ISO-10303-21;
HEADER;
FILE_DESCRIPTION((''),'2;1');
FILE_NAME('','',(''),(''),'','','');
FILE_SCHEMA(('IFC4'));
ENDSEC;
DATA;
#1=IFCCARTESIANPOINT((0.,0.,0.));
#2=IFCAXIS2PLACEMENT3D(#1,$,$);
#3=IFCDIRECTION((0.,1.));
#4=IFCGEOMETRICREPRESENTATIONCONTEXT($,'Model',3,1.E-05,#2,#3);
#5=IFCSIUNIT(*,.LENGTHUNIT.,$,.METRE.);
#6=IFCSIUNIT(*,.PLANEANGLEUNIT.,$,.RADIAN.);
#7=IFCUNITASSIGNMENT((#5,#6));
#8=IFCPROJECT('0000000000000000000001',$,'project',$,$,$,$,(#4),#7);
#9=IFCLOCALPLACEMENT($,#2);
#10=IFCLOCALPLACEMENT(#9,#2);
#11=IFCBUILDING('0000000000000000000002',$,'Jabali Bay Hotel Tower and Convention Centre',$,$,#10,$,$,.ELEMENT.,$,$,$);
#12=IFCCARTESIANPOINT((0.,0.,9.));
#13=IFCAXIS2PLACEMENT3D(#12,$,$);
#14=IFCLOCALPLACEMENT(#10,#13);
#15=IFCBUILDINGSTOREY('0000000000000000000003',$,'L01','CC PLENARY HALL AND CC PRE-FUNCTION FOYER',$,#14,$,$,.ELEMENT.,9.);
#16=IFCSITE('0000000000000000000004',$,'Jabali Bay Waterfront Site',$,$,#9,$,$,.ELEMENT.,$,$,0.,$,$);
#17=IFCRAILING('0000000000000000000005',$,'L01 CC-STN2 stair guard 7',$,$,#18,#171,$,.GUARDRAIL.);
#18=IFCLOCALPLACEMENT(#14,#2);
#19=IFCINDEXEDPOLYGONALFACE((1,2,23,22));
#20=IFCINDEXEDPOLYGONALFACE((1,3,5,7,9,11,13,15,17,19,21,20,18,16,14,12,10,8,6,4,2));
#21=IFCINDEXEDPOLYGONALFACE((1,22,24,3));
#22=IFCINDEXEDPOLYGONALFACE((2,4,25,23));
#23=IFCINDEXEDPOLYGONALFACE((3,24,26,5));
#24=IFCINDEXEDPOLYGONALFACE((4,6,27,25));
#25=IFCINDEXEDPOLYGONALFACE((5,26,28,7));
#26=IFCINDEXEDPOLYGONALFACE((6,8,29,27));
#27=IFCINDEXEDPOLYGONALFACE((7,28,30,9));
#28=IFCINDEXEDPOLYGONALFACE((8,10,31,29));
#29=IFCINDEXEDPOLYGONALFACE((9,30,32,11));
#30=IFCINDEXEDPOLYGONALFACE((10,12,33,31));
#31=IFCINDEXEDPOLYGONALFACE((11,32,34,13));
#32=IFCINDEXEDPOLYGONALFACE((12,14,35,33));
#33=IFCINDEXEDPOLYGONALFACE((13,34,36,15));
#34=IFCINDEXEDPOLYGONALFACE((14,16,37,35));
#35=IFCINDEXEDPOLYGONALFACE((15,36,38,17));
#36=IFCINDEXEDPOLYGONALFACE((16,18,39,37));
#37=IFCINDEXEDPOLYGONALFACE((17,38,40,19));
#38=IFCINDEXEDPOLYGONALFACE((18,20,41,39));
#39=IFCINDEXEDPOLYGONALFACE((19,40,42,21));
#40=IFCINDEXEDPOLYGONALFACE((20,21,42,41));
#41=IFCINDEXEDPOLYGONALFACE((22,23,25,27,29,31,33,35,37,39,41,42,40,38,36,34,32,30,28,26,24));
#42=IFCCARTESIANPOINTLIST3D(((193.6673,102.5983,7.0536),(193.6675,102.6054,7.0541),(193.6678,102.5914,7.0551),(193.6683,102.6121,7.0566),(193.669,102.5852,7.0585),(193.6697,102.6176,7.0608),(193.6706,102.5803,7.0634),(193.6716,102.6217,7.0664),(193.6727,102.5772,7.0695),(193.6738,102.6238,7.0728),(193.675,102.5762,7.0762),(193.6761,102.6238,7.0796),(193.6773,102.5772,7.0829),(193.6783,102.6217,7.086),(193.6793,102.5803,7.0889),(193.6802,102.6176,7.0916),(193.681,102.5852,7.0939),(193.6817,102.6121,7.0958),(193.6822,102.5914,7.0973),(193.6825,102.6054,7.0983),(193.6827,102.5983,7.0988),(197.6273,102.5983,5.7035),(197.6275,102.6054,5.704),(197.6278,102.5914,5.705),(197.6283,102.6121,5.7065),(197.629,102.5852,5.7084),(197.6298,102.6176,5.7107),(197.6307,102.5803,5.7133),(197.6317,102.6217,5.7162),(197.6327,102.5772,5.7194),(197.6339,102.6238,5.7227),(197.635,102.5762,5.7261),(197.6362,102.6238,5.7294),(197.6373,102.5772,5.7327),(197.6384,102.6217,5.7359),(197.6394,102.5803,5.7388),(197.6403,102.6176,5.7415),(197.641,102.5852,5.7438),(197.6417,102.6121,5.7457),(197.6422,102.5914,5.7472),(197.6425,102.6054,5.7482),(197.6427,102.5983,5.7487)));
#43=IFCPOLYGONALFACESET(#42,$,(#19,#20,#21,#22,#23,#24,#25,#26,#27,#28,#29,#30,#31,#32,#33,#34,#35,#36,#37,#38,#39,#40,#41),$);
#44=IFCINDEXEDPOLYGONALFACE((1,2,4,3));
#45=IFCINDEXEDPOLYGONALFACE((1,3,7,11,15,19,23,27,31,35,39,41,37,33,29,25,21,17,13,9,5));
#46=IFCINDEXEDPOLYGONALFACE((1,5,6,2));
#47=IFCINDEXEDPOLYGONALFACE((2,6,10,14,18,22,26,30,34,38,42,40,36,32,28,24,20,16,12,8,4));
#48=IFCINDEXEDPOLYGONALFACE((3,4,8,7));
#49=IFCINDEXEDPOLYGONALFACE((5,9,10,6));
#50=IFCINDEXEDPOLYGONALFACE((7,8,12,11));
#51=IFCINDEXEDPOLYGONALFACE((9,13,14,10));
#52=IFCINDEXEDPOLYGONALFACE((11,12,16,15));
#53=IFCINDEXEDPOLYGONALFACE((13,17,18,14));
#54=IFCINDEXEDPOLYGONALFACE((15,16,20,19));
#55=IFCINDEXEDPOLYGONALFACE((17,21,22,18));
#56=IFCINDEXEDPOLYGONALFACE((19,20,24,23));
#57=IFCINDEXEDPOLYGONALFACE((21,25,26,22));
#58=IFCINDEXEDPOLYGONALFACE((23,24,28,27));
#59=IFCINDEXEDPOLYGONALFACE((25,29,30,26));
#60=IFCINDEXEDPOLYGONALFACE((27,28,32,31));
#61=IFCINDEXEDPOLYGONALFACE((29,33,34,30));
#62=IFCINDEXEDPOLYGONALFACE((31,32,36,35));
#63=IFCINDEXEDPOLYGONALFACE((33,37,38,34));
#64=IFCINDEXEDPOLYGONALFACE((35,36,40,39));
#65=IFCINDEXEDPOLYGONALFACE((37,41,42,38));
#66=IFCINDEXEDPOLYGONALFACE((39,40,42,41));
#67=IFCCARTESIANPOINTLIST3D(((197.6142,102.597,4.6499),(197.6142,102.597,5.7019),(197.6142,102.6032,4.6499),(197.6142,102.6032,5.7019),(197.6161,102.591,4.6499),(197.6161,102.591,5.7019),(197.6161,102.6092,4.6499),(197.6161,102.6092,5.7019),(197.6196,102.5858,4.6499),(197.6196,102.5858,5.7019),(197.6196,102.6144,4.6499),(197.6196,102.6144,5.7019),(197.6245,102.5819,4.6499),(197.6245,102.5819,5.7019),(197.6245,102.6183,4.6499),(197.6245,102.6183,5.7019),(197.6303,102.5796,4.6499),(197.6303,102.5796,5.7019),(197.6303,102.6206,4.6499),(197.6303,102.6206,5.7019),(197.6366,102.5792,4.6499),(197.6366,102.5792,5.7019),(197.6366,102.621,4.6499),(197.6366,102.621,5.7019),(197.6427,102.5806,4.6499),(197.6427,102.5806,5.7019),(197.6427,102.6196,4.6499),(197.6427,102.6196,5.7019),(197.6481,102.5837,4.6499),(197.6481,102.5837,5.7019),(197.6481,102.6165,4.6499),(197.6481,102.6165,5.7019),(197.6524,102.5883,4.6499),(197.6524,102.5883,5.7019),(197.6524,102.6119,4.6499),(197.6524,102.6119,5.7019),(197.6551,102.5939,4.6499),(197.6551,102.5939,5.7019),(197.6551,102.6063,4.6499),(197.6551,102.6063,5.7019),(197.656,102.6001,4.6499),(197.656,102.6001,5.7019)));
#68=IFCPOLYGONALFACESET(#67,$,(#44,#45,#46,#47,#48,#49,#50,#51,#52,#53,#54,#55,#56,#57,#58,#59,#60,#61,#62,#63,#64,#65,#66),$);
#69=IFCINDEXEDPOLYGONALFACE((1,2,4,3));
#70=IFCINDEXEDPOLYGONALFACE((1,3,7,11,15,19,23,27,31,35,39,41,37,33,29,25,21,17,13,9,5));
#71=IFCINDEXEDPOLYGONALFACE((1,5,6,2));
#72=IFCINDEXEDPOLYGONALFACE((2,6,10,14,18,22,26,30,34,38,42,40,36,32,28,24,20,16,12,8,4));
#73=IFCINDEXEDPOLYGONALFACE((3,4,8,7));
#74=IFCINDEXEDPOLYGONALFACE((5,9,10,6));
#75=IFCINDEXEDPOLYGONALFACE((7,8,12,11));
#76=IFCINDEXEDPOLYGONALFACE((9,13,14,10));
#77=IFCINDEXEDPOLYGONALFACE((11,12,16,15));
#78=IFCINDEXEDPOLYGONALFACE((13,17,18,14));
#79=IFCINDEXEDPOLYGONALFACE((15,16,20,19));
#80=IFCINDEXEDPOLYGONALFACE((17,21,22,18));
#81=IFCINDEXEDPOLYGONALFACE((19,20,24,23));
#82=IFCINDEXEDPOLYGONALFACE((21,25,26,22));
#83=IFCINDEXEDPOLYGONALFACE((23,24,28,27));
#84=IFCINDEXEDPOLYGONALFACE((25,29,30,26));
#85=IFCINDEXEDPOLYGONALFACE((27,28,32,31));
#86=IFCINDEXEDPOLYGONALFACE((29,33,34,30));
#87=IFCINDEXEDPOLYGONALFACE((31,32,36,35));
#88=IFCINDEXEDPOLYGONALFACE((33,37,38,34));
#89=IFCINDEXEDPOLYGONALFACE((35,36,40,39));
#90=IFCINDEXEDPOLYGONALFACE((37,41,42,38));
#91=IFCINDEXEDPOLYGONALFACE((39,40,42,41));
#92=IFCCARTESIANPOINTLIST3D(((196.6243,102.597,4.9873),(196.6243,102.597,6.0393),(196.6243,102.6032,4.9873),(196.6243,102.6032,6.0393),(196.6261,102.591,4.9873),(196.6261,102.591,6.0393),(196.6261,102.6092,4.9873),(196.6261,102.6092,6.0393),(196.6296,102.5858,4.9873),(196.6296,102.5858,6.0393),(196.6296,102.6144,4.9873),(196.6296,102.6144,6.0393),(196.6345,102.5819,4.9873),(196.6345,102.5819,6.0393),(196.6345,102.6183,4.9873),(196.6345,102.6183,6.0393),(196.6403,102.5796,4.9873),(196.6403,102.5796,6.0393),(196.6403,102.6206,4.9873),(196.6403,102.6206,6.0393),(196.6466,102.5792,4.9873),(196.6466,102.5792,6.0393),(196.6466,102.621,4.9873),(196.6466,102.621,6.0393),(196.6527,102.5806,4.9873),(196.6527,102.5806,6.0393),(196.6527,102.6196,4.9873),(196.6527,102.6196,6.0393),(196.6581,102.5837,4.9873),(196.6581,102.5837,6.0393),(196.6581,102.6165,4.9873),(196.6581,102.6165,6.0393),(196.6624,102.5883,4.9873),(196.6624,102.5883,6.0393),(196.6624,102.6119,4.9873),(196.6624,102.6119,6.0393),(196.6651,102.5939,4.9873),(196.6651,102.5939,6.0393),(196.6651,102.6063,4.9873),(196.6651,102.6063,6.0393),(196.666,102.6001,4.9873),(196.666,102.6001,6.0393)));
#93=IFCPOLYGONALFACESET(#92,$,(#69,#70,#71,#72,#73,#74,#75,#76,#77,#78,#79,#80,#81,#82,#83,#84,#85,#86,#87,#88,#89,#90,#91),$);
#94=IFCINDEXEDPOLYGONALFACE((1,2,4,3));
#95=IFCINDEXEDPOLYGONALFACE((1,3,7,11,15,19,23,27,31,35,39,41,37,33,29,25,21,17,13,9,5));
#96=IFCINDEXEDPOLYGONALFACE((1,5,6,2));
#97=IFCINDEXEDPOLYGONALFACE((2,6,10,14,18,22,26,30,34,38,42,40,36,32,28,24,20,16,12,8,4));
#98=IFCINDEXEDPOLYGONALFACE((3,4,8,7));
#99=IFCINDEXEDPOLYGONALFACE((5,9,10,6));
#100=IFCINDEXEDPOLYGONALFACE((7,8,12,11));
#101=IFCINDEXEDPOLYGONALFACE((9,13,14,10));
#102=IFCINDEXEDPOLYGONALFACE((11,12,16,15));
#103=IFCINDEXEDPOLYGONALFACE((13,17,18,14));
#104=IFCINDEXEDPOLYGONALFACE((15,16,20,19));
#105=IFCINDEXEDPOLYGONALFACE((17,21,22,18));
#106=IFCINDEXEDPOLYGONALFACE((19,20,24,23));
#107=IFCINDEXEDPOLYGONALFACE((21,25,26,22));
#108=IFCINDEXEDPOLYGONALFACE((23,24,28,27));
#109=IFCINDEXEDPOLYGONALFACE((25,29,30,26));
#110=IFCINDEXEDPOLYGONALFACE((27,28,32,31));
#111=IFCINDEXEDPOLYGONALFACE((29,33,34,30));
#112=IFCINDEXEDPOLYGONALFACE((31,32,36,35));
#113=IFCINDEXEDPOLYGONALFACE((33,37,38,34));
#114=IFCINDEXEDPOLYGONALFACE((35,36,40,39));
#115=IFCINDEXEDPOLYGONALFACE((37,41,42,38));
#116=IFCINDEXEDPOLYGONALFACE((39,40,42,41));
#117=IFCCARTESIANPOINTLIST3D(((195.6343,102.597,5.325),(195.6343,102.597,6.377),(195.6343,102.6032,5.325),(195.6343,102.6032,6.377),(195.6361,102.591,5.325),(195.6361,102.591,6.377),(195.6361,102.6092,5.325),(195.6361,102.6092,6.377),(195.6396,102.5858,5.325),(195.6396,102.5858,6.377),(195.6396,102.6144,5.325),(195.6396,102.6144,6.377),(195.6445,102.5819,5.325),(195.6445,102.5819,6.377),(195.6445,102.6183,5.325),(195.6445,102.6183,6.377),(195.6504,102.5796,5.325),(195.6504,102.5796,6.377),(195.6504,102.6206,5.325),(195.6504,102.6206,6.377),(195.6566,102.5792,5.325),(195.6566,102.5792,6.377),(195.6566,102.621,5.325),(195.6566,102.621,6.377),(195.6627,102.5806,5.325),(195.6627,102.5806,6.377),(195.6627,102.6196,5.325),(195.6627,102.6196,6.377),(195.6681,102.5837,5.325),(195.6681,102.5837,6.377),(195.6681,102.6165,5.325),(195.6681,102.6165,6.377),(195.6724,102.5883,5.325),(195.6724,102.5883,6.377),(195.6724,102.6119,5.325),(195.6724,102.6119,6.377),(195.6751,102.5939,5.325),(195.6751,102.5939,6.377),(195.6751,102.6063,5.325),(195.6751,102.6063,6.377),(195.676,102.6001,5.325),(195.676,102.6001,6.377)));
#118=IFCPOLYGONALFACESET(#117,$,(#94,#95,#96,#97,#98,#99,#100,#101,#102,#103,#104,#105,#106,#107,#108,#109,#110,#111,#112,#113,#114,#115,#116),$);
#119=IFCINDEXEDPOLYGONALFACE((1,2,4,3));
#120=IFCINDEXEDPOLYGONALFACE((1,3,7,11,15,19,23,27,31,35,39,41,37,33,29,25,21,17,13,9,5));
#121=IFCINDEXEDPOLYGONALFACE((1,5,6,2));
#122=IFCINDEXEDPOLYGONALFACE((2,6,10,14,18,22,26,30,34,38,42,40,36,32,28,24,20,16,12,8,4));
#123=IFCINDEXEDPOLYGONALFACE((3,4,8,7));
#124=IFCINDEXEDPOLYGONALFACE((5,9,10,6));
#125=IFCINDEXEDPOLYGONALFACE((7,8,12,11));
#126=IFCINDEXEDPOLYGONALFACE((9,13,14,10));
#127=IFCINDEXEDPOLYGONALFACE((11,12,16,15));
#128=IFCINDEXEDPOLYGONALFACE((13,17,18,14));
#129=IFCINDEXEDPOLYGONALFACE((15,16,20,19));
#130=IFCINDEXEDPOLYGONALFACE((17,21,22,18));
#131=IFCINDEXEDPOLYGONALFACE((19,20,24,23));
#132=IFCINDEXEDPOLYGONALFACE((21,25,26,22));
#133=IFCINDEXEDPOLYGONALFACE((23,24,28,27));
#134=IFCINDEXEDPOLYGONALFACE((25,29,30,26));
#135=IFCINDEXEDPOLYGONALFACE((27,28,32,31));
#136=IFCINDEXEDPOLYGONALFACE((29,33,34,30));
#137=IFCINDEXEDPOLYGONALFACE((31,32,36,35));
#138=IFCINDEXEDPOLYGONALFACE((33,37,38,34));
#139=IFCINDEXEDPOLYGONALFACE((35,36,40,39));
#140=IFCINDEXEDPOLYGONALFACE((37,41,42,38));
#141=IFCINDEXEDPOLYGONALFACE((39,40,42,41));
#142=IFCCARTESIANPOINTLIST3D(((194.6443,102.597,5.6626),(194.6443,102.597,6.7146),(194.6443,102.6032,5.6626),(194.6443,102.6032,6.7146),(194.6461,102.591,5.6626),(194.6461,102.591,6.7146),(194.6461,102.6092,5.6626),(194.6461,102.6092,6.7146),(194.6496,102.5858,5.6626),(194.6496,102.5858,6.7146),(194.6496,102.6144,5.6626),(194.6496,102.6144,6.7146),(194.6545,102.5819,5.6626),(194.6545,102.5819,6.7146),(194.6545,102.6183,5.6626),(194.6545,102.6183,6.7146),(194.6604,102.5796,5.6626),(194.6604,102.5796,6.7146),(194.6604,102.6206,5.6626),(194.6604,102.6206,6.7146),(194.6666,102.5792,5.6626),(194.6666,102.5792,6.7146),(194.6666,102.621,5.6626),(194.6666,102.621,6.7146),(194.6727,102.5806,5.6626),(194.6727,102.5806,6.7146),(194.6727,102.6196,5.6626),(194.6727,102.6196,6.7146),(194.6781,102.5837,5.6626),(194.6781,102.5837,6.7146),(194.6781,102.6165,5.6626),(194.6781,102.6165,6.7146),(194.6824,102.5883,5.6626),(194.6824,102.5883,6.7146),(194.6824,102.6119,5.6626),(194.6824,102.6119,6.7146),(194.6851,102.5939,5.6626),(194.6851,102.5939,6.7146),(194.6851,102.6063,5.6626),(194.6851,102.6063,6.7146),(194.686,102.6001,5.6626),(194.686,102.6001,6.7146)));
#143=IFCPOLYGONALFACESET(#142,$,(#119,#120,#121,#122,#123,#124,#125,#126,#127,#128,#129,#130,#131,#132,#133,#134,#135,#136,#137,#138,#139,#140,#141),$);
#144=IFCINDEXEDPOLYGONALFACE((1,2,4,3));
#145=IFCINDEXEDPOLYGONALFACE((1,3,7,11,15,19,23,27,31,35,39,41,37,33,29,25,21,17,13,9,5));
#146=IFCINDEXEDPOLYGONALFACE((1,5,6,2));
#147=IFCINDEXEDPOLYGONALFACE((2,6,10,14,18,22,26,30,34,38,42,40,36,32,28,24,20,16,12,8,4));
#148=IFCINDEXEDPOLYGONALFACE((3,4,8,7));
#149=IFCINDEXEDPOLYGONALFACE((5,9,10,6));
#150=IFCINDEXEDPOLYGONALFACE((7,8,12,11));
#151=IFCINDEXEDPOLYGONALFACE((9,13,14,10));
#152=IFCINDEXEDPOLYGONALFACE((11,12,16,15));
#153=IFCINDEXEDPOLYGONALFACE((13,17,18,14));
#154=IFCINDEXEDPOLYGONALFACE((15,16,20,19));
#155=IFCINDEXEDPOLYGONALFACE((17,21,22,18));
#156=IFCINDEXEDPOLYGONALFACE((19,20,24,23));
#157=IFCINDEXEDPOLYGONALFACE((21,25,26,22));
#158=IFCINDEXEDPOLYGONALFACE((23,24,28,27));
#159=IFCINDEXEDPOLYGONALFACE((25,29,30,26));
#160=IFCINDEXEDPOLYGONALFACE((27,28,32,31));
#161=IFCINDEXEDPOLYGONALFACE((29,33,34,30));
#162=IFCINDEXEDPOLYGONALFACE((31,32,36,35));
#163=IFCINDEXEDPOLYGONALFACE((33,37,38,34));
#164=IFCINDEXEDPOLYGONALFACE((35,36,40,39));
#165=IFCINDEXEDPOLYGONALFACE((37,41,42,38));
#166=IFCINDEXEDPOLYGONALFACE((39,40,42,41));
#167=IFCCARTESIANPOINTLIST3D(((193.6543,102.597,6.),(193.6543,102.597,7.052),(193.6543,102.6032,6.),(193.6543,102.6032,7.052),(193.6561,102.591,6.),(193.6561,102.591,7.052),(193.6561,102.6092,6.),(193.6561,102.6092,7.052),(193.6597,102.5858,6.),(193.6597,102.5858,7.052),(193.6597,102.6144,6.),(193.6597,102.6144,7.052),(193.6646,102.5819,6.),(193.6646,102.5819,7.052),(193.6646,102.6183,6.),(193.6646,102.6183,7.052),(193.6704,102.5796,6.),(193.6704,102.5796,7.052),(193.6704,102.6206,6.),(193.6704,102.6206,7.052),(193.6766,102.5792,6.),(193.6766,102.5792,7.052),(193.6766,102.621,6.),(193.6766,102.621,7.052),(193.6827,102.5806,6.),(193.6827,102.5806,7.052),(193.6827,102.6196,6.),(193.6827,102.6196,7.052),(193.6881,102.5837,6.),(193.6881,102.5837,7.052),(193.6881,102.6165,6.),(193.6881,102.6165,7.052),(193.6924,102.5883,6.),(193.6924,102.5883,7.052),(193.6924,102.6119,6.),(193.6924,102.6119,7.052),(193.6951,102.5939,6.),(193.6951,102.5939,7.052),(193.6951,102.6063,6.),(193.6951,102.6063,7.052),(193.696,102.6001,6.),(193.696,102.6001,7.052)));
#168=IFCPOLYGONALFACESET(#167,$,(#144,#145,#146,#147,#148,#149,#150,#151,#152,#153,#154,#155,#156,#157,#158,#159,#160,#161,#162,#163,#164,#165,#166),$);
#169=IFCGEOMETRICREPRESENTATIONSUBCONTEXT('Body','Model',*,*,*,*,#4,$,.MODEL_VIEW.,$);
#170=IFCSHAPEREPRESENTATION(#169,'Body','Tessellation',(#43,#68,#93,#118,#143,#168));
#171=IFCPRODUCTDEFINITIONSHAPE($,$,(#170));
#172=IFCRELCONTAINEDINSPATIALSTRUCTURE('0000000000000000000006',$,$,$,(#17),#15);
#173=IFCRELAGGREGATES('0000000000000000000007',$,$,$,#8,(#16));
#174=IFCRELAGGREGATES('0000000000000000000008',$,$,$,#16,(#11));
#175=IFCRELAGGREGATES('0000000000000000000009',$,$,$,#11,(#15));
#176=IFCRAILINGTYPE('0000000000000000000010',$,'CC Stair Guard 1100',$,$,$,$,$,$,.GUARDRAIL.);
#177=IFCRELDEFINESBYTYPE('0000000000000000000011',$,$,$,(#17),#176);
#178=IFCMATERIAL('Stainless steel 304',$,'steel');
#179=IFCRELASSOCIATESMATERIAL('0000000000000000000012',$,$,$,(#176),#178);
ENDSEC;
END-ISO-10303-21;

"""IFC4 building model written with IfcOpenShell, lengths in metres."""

from ifc_helpers import new_model, si_unit, direction, frame, origin, origin_2d, place, context, subcontext, project, spatial, circle, extrude, material, type_object, element, save


model = new_model("IFC4")

# Units and contexts
model_context = context("Model", 3, precision=1e-05, world=origin(), true_north=direction((0.0, 1.0)))
body_context = subcontext(model_context, "Body", "Model", "MODEL_VIEW")
ifc_project = project(units=[si_unit("LENGTHUNIT", "METRE"), si_unit("PLANEANGLEUNIT", "RADIAN")], contexts=[model_context])

# Site, building, storey
site_placement = place(None, origin())
site = spatial("IfcSite", under=ifc_project, at=site_placement, Name="Jabali Bay Waterfront Site", CompositionType="ELEMENT", RefElevation=0.0)
building_placement = place(site_placement, origin())
building = spatial("IfcBuilding", under=site, at=building_placement, Name="Jabali Bay Hotel Tower and Convention Centre", CompositionType="ELEMENT")
storey_placement = place(building_placement, frame((0.0, 0.0, 9.0)))
storey = spatial("IfcBuildingStorey", under=building, at=storey_placement, Name="L01", Description="CC PLENARY HALL AND CC PRE-FUNCTION FOYER", CompositionType="ELEMENT", Elevation=9.0)

# Railing
ifc_material_1 = material(Name="Stainless steel 304", Category="steel")
railing_type_1 = type_object("IfcRailingType", Name="CC Stair Guard 1100", PredefinedType="GUARDRAIL", material=ifc_material_1)
railing_1_placement = place(storey_placement, frame((197.635, 102.6001, 4.6499)))
element("IfcRailing", 1, at=railing_1_placement, inside=storey, type_object=railing_type_1, Name="L01 CC-STN2 stair guard 7", PredefinedType="GUARDRAIL", context=body_context, shape_type="SweptSolid", body=[
    extrude(circle(Radius=0.0239, at=origin_2d()), frame((0.0, 0.0, 1.0762), z_axis=(-0.946502, 0.0, 0.322698), x_axis=(0.0, -1.0, 0.0)), (0.0, 0.0, 1.0), 4.1838),
    extrude(circle(Radius=0.021, at=origin_2d()), origin(), (0.0, 0.0, 1.0), 1.052),
    extrude(circle(Radius=0.021, at=origin_2d()), frame((-0.99, 0.0, 0.3374)), (0.0, 0.0, 1.0), 1.052),
    extrude(circle(Radius=0.021, at=origin_2d()), frame((-1.98, 0.0, 0.675)), (0.0, 0.0, 1.0), 1.052),
    extrude(circle(Radius=0.021, at=origin_2d()), frame((-2.97, 0.0, 1.0127)), (0.0, 0.0, 1.0), 1.052),
    extrude(circle(Radius=0.021, at=origin_2d()), frame((-3.96, 0.0, 1.3501)), (0.0, 0.0, 1.0), 1.052),
])

save(model, "model.ifc")
